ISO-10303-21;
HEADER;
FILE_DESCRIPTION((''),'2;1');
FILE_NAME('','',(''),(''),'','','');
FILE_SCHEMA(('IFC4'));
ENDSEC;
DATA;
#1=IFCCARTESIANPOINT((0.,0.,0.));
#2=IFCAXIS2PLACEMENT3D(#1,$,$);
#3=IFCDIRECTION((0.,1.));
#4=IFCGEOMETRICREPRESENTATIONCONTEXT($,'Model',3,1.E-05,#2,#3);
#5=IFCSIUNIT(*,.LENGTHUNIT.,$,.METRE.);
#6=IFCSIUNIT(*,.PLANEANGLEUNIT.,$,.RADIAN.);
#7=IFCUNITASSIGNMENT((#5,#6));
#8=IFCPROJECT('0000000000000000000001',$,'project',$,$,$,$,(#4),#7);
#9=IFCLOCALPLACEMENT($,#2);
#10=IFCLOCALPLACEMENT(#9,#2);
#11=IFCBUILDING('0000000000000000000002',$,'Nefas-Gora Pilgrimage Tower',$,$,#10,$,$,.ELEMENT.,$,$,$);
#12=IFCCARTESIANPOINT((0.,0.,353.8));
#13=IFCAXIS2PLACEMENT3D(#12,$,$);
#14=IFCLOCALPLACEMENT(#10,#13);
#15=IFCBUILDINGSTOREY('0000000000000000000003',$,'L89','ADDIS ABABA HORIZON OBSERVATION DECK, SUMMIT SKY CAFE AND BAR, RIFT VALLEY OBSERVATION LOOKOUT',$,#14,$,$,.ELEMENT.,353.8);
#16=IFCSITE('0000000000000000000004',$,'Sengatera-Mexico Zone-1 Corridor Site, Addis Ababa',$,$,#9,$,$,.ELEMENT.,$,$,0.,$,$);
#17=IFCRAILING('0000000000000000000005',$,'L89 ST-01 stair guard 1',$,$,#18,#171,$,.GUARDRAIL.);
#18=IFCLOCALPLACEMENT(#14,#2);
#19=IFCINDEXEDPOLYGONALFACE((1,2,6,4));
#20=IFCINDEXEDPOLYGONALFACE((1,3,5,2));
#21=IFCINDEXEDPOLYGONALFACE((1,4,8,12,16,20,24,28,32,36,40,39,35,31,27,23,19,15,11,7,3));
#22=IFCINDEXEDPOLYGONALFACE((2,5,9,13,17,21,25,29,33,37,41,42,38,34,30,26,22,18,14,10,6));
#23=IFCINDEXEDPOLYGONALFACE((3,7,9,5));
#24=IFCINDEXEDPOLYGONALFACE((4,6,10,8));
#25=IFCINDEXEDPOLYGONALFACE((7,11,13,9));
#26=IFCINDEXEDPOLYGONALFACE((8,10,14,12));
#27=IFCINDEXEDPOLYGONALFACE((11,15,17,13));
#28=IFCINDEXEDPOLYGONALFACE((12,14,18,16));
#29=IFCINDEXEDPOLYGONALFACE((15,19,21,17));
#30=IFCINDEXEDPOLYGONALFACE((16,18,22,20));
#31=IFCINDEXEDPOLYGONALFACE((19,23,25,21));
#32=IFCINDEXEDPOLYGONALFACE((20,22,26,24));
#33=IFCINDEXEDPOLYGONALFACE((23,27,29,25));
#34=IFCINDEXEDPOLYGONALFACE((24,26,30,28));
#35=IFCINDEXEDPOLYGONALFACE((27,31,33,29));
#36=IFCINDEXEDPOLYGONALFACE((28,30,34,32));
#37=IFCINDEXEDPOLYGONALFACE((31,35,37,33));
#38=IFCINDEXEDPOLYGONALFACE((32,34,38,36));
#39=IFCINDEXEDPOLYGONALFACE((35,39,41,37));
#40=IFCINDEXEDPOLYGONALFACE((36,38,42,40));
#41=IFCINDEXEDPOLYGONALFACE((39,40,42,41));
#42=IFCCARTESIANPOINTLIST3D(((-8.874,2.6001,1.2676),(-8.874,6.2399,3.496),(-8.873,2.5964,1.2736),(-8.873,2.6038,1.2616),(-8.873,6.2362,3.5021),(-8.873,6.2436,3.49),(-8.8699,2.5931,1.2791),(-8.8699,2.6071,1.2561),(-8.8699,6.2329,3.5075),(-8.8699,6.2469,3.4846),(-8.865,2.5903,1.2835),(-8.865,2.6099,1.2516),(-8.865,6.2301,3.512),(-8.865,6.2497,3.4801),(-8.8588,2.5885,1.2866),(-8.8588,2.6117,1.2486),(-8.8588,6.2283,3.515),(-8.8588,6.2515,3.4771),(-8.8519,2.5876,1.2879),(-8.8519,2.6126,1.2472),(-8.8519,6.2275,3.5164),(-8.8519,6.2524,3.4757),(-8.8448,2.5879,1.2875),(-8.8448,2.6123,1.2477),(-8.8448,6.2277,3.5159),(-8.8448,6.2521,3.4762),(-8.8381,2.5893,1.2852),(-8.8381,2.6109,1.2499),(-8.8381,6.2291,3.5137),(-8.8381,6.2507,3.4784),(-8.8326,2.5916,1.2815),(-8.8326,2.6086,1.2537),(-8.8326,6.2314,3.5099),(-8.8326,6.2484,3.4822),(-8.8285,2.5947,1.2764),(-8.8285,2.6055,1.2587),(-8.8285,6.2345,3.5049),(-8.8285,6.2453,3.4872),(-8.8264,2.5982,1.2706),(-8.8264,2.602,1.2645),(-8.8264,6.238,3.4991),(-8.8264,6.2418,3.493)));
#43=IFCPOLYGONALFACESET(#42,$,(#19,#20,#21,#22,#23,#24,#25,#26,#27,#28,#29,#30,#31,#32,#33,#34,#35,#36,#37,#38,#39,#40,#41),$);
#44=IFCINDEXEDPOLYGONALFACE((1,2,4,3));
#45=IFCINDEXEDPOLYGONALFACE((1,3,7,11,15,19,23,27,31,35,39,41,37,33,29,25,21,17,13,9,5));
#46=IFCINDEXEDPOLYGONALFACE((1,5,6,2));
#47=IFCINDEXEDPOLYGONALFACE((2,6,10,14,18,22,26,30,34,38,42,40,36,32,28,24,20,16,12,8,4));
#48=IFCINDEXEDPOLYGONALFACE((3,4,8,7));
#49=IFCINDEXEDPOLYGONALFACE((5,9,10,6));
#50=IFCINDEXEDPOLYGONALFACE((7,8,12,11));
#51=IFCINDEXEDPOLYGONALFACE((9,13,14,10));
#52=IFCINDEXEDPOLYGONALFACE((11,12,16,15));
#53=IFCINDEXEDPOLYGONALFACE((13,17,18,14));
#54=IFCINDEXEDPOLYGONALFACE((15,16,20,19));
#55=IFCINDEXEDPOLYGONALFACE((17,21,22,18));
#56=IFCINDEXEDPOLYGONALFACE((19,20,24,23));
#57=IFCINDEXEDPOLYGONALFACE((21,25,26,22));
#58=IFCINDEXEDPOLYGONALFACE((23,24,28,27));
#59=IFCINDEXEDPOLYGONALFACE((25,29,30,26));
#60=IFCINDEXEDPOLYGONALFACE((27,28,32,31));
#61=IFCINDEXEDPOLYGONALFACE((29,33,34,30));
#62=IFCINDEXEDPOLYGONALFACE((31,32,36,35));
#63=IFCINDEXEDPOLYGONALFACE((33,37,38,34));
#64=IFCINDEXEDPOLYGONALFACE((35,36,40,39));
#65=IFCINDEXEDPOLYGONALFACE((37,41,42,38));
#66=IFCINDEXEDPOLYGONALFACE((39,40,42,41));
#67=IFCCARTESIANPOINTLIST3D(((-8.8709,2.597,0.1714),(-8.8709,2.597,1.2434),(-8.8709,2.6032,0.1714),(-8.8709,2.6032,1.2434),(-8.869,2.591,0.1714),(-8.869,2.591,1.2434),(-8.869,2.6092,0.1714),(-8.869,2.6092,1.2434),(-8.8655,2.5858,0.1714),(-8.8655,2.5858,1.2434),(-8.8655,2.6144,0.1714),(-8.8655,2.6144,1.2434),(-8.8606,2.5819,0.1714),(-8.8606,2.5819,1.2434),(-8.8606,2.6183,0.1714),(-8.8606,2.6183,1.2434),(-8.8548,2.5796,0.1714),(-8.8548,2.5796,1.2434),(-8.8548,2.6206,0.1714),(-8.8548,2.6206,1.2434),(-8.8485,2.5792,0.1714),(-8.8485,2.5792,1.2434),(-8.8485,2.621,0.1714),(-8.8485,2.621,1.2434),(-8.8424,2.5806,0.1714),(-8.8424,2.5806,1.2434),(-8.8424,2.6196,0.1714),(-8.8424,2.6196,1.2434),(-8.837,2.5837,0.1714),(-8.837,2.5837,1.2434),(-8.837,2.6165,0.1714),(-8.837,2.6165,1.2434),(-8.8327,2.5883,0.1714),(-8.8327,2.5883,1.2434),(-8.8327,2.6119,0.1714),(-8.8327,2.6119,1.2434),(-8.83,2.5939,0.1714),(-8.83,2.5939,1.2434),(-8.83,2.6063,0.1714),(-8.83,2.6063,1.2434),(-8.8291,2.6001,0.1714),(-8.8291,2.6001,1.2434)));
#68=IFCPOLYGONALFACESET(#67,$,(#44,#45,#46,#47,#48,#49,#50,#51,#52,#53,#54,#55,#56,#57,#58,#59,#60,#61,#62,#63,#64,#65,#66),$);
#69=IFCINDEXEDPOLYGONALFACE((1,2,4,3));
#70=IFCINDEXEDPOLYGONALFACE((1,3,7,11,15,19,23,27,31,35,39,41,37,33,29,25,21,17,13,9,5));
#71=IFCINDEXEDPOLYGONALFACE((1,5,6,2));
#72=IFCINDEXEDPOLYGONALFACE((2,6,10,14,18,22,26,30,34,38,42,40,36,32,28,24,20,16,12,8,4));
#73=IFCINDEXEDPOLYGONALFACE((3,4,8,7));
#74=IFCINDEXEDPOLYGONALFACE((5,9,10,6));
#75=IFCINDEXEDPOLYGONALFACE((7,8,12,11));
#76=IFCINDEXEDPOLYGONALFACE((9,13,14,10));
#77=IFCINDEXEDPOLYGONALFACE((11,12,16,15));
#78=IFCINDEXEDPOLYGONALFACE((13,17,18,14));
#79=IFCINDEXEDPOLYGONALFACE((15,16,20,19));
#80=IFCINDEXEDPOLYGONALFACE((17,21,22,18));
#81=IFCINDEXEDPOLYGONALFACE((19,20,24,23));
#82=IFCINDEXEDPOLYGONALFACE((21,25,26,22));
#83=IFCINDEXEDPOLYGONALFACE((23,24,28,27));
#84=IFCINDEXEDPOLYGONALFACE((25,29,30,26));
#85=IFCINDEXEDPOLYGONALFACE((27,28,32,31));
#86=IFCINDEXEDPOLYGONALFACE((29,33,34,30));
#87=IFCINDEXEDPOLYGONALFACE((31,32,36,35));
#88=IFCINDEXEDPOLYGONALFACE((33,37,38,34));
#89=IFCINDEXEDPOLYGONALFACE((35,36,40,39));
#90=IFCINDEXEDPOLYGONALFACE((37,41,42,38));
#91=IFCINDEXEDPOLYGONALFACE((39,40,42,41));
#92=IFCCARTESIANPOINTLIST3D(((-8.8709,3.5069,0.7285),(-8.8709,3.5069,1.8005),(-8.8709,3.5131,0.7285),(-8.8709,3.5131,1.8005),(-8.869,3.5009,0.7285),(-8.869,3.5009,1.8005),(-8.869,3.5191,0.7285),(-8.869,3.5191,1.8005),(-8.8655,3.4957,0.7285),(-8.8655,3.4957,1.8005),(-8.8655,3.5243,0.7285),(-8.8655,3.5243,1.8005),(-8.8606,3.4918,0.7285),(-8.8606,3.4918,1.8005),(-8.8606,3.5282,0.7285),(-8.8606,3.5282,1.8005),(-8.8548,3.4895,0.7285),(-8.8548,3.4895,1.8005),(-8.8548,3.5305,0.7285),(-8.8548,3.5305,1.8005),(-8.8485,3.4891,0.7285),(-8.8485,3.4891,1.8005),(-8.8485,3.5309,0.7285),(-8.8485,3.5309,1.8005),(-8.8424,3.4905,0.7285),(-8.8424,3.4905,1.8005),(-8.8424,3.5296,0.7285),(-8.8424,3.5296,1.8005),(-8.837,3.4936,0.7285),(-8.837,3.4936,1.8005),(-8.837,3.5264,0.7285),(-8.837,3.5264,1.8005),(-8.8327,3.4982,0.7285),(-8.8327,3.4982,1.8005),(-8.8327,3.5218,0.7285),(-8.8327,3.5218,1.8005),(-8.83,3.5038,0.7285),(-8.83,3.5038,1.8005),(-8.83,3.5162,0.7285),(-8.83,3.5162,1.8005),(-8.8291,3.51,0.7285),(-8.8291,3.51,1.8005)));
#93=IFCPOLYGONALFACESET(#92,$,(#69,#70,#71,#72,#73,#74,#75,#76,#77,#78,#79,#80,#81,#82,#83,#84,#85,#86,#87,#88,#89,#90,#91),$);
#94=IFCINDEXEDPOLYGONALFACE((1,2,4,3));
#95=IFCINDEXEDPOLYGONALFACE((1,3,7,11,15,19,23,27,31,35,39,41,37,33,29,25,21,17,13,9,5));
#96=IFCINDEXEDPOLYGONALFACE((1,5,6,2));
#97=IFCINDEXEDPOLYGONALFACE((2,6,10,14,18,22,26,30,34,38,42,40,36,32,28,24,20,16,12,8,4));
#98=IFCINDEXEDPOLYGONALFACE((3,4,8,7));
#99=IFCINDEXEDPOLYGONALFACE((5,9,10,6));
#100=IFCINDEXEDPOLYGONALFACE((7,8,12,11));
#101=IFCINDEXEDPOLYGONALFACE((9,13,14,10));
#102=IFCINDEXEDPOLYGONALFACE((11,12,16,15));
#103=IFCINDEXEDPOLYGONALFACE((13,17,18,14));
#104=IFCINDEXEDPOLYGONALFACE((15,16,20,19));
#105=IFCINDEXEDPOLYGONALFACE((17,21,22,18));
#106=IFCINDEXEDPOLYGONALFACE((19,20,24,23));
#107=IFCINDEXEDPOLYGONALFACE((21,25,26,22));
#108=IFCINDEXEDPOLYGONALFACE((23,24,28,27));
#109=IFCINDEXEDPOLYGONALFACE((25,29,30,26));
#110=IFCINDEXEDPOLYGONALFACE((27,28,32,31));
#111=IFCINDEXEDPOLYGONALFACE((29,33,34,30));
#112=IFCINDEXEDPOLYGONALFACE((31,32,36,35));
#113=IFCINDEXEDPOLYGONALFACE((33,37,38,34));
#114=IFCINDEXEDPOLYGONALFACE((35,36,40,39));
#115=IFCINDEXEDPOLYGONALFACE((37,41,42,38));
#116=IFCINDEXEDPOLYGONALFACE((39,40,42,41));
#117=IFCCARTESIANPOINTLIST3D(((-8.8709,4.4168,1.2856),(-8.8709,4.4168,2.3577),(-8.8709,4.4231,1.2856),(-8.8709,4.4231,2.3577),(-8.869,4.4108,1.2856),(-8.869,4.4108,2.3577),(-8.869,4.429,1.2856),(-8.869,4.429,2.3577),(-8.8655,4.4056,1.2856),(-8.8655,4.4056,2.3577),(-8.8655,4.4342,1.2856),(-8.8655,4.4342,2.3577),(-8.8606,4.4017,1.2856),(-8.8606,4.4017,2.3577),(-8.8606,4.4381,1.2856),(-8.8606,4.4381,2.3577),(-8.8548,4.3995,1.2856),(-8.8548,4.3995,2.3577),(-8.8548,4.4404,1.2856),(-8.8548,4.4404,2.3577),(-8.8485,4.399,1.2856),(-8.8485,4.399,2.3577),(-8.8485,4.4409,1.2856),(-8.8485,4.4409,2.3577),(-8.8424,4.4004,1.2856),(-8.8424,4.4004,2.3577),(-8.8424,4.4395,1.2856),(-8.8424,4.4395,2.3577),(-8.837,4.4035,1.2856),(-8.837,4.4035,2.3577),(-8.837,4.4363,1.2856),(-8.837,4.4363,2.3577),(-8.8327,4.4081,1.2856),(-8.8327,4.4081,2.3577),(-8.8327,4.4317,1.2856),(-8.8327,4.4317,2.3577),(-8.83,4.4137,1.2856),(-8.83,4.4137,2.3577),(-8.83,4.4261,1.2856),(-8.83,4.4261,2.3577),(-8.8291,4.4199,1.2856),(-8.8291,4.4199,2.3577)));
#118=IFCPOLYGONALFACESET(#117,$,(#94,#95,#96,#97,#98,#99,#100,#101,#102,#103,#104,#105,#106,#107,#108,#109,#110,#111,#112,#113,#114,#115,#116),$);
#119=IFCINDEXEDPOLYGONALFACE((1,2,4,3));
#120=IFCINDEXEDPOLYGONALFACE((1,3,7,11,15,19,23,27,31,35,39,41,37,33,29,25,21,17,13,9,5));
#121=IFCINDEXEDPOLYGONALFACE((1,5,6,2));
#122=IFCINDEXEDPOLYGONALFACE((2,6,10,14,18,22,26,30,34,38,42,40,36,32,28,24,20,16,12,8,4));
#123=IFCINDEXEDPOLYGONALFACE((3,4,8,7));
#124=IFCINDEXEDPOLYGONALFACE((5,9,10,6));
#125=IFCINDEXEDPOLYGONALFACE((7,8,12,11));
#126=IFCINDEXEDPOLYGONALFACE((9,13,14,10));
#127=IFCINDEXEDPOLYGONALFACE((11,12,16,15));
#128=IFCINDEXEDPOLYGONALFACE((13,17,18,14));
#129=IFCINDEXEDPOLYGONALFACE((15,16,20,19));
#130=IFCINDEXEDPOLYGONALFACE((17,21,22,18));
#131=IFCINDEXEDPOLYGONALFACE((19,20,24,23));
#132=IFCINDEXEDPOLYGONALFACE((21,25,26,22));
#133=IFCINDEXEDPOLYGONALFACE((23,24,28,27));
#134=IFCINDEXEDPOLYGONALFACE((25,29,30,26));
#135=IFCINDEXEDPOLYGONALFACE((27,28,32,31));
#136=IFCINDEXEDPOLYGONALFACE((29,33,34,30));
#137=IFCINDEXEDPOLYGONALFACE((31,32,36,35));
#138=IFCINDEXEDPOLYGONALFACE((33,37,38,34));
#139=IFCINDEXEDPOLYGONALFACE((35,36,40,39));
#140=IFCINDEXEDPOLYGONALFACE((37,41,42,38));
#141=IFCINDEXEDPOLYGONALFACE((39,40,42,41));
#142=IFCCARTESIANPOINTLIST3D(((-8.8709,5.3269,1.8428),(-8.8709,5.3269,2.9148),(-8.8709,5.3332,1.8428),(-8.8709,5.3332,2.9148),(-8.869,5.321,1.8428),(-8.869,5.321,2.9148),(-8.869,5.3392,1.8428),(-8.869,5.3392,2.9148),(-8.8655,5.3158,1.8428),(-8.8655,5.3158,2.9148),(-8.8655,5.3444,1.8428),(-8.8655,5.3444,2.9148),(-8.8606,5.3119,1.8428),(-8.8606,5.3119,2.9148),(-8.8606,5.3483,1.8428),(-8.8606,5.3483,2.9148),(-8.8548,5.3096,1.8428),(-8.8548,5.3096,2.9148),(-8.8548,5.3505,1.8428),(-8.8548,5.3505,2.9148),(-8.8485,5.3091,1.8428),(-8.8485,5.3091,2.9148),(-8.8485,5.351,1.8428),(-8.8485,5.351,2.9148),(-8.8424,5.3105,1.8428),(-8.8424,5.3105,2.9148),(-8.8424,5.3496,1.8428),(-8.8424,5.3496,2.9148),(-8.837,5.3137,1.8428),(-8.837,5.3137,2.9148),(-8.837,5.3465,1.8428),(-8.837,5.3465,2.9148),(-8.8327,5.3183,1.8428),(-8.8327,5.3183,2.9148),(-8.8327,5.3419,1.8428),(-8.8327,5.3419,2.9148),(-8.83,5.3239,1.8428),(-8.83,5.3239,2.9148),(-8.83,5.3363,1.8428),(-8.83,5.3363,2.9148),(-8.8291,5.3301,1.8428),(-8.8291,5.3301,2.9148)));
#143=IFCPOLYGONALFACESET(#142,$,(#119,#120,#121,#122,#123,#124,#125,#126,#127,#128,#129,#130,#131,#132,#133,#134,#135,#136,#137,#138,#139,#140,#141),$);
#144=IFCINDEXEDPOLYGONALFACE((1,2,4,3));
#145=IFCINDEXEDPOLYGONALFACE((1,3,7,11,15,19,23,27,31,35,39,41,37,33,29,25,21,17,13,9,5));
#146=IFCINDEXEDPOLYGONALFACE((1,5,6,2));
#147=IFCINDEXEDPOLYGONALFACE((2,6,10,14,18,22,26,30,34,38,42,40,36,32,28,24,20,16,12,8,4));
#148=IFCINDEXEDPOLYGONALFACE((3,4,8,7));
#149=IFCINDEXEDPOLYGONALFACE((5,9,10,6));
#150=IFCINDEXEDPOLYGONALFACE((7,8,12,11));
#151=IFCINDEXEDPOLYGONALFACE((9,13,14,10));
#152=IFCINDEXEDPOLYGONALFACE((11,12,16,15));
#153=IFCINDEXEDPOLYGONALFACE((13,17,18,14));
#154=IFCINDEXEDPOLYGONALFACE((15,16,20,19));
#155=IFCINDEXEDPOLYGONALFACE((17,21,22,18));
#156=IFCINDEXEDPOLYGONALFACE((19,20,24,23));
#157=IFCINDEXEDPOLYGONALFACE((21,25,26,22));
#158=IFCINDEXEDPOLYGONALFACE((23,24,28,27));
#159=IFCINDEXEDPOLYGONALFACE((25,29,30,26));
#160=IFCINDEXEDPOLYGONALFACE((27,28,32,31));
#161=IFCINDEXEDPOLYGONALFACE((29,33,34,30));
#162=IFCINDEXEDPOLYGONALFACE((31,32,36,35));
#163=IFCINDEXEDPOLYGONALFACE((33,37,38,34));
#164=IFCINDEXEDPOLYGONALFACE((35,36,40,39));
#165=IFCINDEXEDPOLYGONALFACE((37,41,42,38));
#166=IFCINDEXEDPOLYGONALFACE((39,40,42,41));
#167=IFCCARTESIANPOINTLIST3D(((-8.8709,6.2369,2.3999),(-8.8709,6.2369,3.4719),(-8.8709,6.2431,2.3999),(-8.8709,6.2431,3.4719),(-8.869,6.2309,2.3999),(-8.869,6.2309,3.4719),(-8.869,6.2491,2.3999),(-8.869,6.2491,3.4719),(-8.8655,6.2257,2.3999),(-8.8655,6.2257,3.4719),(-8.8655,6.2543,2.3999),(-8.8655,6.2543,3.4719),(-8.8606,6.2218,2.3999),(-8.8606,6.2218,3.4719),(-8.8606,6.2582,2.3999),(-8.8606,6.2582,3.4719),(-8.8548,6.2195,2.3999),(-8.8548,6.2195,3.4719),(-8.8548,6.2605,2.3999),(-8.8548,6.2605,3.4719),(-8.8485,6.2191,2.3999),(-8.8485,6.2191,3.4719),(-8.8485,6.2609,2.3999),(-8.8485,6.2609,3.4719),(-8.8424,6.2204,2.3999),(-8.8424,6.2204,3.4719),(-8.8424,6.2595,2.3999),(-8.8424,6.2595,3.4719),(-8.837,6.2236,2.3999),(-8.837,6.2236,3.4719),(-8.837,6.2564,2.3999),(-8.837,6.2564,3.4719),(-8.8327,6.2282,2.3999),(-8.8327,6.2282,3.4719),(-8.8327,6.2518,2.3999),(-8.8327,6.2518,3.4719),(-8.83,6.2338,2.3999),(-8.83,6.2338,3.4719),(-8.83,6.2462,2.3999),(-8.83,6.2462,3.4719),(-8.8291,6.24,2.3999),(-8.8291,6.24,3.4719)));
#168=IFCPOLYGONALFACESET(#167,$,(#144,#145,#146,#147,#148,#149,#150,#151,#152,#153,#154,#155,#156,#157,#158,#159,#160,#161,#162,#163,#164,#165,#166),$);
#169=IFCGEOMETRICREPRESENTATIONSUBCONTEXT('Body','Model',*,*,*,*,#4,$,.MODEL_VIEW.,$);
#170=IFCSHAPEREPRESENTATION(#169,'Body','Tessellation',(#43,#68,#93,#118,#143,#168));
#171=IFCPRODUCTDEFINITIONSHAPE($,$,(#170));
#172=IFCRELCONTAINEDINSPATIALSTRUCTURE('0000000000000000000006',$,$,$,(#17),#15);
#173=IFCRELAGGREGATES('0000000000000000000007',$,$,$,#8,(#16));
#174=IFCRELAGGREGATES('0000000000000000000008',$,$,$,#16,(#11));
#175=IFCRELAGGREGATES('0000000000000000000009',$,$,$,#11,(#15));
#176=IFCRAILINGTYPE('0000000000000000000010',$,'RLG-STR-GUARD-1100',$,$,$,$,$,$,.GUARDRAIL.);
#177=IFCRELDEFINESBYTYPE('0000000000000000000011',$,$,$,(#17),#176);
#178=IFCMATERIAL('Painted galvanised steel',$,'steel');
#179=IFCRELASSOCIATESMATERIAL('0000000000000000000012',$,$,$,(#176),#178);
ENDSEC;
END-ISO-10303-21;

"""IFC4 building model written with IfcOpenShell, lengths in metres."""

from ifc_helpers import new_model, si_unit, direction, frame, origin, origin_2d, place, context, subcontext, project, spatial, circle, extrude, material, type_object, element, save


model = new_model("IFC4")

# Units and contexts
model_context = context("Model", 3, precision=1e-05, world=origin(), true_north=direction((0.0, 1.0)))
body_context = subcontext(model_context, "Body", "Model", "MODEL_VIEW")
ifc_project = project(units=[si_unit("LENGTHUNIT", "METRE"), si_unit("PLANEANGLEUNIT", "RADIAN")], contexts=[model_context])

# Site, building, storey
site_placement = place(None, origin())
site = spatial("IfcSite", under=ifc_project, at=site_placement, Name="Sengatera-Mexico Zone-1 Corridor Site, Addis Ababa", CompositionType="ELEMENT", RefElevation=0.0)
building_placement = place(site_placement, origin())
building = spatial("IfcBuilding", under=site, at=building_placement, Name="Nefas-Gora Pilgrimage Tower", CompositionType="ELEMENT")
storey_placement = place(building_placement, frame((0.0, 0.0, 353.8)))
storey = spatial("IfcBuildingStorey", under=building, at=storey_placement, Name="L89", Description="ADDIS ABABA HORIZON OBSERVATION DECK, SUMMIT SKY CAFE AND BAR, RIFT VALLEY OBSERVATION LOOKOUT", CompositionType="ELEMENT", Elevation=353.8)

# Railing
ifc_material_1 = material(Name="Painted galvanised steel", Category="steel")
railing_type_1 = type_object("IfcRailingType", Name="RLG-STR-GUARD-1100", PredefinedType="GUARDRAIL", material=ifc_material_1)
railing_1_placement = place(storey_placement, frame((-8.8501, 2.6001, 0.1714)))
element("IfcRailing", 1, at=railing_1_placement, inside=storey, type_object=railing_type_1, Name="L89 ST-01 stair guard 1", PredefinedType="GUARDRAIL", context=body_context, shape_type="SweptSolid", body=[
    extrude(circle(Radius=0.0239, at=origin_2d()), frame((0.0, 0.0, 1.0962), z_axis=(0.0, 0.85285, 0.522156), x_axis=(-1.0, 0.0, 0.0)), (0.0, 0.0, 1.0), 4.2678),
    extrude(circle(Radius=0.021, at=origin_2d()), origin(), (0.0, 0.0, 1.0), 1.072),
    extrude(circle(Radius=0.021, at=origin_2d()), frame((0.0, 0.9099, 0.5571)), (0.0, 0.0, 1.0), 1.072),
    extrude(circle(Radius=0.021, at=origin_2d()), frame((0.0, 1.8198, 1.1143)), (0.0, 0.0, 1.0), 1.072),
    extrude(circle(Radius=0.021, at=origin_2d()), frame((0.0, 2.73, 1.6714)), (0.0, 0.0, 1.0), 1.072),
    extrude(circle(Radius=0.021, at=origin_2d()), frame((0.0, 3.6399, 2.2285)), (0.0, 0.0, 1.0), 1.072),
])

save(model, "model.ifc")
